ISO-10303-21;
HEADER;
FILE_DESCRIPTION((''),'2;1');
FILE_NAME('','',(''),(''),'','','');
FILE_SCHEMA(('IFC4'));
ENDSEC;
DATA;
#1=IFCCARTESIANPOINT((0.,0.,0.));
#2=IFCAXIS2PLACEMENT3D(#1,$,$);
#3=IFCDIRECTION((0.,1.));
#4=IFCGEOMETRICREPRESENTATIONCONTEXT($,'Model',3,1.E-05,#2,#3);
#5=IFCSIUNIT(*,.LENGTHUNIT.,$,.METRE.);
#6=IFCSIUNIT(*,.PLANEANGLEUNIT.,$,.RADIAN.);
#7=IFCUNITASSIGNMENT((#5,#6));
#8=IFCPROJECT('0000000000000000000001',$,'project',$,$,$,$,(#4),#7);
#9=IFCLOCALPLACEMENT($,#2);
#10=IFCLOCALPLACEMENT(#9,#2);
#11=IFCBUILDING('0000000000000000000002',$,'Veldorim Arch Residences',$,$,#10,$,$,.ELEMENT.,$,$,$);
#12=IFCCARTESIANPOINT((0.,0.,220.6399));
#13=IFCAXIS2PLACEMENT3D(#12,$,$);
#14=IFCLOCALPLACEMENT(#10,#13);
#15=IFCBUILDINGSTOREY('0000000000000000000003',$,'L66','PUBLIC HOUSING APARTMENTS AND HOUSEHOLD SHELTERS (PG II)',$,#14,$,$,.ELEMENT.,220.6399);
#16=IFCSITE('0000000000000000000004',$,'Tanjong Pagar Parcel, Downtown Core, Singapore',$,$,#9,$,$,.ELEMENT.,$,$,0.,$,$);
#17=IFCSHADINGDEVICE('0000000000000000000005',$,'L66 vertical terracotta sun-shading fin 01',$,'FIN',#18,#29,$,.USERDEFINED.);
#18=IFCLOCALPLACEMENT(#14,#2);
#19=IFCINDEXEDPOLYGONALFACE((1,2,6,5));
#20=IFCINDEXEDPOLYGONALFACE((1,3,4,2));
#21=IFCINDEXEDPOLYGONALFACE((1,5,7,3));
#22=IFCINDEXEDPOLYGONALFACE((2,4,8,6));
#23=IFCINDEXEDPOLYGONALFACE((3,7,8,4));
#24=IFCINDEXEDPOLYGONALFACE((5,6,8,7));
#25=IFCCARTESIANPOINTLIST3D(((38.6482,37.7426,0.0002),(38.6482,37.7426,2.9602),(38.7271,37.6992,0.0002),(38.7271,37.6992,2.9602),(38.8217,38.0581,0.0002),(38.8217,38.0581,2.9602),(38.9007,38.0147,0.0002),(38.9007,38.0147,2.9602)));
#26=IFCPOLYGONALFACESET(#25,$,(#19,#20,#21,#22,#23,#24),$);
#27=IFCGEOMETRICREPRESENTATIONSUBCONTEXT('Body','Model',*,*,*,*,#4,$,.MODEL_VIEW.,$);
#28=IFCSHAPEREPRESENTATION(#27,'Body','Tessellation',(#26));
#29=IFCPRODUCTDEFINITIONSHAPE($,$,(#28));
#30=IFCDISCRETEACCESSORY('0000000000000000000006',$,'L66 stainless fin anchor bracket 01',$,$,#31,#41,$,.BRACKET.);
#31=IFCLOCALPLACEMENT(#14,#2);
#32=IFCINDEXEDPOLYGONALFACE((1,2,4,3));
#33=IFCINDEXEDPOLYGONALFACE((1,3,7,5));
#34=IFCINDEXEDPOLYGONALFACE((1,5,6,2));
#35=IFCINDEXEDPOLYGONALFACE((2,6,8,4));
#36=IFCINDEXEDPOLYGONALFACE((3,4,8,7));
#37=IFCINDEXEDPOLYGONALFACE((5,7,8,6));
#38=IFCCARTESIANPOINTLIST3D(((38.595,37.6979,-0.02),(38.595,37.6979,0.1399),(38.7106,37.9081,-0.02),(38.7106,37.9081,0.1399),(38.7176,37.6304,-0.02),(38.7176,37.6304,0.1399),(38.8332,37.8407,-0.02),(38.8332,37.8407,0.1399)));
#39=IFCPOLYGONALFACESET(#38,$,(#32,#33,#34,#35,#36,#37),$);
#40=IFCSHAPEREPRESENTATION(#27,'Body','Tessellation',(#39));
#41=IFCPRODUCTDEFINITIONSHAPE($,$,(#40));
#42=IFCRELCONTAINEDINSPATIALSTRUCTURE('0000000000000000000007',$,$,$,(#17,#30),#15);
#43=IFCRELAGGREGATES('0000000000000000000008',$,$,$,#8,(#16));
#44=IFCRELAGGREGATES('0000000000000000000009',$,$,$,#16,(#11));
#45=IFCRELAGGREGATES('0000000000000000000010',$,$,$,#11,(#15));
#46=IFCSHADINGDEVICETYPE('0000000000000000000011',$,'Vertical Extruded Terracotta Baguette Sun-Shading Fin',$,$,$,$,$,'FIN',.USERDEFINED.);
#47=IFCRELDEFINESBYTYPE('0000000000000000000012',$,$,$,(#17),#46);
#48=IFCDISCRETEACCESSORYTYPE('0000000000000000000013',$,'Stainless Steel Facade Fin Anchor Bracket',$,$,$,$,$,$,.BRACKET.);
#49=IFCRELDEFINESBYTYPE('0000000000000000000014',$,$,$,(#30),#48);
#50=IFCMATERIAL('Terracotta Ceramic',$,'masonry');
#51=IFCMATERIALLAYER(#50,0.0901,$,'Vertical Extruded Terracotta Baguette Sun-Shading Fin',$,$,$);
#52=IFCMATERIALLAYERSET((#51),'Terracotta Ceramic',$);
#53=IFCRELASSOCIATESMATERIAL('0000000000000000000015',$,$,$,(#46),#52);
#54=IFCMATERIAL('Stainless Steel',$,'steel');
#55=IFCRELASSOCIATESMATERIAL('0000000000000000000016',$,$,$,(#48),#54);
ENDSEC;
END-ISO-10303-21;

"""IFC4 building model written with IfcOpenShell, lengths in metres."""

from ifc_helpers import new_model, si_unit, direction, frame, origin, origin_2d, place, context, subcontext, project, spatial, rectangle, extrude, material, layer, layer_set, type_object, element, save


model = new_model("IFC4")

# Units and contexts
model_context = context("Model", 3, precision=1e-05, world=origin(), true_north=direction((0.0, 1.0)))
body_context = subcontext(model_context, "Body", "Model", "MODEL_VIEW")
ifc_project = project(units=[si_unit("LENGTHUNIT", "METRE"), si_unit("PLANEANGLEUNIT", "RADIAN")], contexts=[model_context])

# Site, building, storey
site_placement = place(None, origin())
site = spatial("IfcSite", under=ifc_project, at=site_placement, Name="Tanjong Pagar Parcel, Downtown Core, Singapore", CompositionType="ELEMENT", RefElevation=0.0)
building_placement = place(site_placement, origin())
building = spatial("IfcBuilding", under=site, at=building_placement, Name="Veldorim Arch Residences", CompositionType="ELEMENT")
storey_placement = place(building_placement, frame((0.0, 0.0, 220.6399)))
storey = spatial("IfcBuildingStorey", under=building, at=storey_placement, Name="L66", Description="PUBLIC HOUSING APARTMENTS AND HOUSEHOLD SHELTERS (PG II)", CompositionType="ELEMENT", Elevation=220.6399)

# Shading device
ifc_material_1 = material(Name="Terracotta Ceramic", Category="masonry")
ifc_layer_1 = layer(ifc_material_1, 0.0901, Name="Vertical Extruded Terracotta Baguette Sun-Shading Fin")
ifc_layer_set_1 = layer_set([ifc_layer_1], Name="Terracotta Ceramic")
shading_device_type = type_object("IfcShadingDeviceType", Name="Vertical Extruded Terracotta Baguette Sun-Shading Fin", ElementType="FIN", PredefinedType="USERDEFINED", material=ifc_layer_set_1)
shading_device_placement = place(storey_placement, frame((38.7744, 37.8787, 0.0002), z_axis=(0.0, 0.0, 1.0), x_axis=(0.876223, -0.481907, 0.0)))
element("IfcShadingDevice", 1, at=shading_device_placement, inside=storey, type_object=shading_device_type, Name="L66 vertical terracotta sun-shading fin 01", ObjectType="FIN", PredefinedType="USERDEFINED", context=body_context, shape_type="SweptSolid", body=[
    extrude(rectangle(XDim=0.0901, YDim=0.3601, at=origin_2d()), origin(), (0.0, 0.0, 1.0), 2.96),
])

# Discrete accessory
ifc_material_2 = material(Name="Stainless Steel", Category="steel")
discrete_accessory_type = type_object("IfcDiscreteAccessoryType", Name="Stainless Steel Facade Fin Anchor Bracket", PredefinedType="BRACKET", material=ifc_material_2)
discrete_accessory_placement = place(storey_placement, frame((38.7141, 37.7693, -0.02), z_axis=(0.0, 0.0, 1.0), x_axis=(0.876223, -0.481907, 0.0)))
element("IfcDiscreteAccessory", 2, at=discrete_accessory_placement, inside=storey, type_object=discrete_accessory_type, Name="L66 stainless fin anchor bracket 01", PredefinedType="BRACKET", context=body_context, shape_type="SweptSolid", body=[
    extrude(rectangle(XDim=0.1399, YDim=0.24, at=origin_2d()), origin(), (0.0, 0.0, 1.0), 0.1599),
])

save(model, "model.ifc")
